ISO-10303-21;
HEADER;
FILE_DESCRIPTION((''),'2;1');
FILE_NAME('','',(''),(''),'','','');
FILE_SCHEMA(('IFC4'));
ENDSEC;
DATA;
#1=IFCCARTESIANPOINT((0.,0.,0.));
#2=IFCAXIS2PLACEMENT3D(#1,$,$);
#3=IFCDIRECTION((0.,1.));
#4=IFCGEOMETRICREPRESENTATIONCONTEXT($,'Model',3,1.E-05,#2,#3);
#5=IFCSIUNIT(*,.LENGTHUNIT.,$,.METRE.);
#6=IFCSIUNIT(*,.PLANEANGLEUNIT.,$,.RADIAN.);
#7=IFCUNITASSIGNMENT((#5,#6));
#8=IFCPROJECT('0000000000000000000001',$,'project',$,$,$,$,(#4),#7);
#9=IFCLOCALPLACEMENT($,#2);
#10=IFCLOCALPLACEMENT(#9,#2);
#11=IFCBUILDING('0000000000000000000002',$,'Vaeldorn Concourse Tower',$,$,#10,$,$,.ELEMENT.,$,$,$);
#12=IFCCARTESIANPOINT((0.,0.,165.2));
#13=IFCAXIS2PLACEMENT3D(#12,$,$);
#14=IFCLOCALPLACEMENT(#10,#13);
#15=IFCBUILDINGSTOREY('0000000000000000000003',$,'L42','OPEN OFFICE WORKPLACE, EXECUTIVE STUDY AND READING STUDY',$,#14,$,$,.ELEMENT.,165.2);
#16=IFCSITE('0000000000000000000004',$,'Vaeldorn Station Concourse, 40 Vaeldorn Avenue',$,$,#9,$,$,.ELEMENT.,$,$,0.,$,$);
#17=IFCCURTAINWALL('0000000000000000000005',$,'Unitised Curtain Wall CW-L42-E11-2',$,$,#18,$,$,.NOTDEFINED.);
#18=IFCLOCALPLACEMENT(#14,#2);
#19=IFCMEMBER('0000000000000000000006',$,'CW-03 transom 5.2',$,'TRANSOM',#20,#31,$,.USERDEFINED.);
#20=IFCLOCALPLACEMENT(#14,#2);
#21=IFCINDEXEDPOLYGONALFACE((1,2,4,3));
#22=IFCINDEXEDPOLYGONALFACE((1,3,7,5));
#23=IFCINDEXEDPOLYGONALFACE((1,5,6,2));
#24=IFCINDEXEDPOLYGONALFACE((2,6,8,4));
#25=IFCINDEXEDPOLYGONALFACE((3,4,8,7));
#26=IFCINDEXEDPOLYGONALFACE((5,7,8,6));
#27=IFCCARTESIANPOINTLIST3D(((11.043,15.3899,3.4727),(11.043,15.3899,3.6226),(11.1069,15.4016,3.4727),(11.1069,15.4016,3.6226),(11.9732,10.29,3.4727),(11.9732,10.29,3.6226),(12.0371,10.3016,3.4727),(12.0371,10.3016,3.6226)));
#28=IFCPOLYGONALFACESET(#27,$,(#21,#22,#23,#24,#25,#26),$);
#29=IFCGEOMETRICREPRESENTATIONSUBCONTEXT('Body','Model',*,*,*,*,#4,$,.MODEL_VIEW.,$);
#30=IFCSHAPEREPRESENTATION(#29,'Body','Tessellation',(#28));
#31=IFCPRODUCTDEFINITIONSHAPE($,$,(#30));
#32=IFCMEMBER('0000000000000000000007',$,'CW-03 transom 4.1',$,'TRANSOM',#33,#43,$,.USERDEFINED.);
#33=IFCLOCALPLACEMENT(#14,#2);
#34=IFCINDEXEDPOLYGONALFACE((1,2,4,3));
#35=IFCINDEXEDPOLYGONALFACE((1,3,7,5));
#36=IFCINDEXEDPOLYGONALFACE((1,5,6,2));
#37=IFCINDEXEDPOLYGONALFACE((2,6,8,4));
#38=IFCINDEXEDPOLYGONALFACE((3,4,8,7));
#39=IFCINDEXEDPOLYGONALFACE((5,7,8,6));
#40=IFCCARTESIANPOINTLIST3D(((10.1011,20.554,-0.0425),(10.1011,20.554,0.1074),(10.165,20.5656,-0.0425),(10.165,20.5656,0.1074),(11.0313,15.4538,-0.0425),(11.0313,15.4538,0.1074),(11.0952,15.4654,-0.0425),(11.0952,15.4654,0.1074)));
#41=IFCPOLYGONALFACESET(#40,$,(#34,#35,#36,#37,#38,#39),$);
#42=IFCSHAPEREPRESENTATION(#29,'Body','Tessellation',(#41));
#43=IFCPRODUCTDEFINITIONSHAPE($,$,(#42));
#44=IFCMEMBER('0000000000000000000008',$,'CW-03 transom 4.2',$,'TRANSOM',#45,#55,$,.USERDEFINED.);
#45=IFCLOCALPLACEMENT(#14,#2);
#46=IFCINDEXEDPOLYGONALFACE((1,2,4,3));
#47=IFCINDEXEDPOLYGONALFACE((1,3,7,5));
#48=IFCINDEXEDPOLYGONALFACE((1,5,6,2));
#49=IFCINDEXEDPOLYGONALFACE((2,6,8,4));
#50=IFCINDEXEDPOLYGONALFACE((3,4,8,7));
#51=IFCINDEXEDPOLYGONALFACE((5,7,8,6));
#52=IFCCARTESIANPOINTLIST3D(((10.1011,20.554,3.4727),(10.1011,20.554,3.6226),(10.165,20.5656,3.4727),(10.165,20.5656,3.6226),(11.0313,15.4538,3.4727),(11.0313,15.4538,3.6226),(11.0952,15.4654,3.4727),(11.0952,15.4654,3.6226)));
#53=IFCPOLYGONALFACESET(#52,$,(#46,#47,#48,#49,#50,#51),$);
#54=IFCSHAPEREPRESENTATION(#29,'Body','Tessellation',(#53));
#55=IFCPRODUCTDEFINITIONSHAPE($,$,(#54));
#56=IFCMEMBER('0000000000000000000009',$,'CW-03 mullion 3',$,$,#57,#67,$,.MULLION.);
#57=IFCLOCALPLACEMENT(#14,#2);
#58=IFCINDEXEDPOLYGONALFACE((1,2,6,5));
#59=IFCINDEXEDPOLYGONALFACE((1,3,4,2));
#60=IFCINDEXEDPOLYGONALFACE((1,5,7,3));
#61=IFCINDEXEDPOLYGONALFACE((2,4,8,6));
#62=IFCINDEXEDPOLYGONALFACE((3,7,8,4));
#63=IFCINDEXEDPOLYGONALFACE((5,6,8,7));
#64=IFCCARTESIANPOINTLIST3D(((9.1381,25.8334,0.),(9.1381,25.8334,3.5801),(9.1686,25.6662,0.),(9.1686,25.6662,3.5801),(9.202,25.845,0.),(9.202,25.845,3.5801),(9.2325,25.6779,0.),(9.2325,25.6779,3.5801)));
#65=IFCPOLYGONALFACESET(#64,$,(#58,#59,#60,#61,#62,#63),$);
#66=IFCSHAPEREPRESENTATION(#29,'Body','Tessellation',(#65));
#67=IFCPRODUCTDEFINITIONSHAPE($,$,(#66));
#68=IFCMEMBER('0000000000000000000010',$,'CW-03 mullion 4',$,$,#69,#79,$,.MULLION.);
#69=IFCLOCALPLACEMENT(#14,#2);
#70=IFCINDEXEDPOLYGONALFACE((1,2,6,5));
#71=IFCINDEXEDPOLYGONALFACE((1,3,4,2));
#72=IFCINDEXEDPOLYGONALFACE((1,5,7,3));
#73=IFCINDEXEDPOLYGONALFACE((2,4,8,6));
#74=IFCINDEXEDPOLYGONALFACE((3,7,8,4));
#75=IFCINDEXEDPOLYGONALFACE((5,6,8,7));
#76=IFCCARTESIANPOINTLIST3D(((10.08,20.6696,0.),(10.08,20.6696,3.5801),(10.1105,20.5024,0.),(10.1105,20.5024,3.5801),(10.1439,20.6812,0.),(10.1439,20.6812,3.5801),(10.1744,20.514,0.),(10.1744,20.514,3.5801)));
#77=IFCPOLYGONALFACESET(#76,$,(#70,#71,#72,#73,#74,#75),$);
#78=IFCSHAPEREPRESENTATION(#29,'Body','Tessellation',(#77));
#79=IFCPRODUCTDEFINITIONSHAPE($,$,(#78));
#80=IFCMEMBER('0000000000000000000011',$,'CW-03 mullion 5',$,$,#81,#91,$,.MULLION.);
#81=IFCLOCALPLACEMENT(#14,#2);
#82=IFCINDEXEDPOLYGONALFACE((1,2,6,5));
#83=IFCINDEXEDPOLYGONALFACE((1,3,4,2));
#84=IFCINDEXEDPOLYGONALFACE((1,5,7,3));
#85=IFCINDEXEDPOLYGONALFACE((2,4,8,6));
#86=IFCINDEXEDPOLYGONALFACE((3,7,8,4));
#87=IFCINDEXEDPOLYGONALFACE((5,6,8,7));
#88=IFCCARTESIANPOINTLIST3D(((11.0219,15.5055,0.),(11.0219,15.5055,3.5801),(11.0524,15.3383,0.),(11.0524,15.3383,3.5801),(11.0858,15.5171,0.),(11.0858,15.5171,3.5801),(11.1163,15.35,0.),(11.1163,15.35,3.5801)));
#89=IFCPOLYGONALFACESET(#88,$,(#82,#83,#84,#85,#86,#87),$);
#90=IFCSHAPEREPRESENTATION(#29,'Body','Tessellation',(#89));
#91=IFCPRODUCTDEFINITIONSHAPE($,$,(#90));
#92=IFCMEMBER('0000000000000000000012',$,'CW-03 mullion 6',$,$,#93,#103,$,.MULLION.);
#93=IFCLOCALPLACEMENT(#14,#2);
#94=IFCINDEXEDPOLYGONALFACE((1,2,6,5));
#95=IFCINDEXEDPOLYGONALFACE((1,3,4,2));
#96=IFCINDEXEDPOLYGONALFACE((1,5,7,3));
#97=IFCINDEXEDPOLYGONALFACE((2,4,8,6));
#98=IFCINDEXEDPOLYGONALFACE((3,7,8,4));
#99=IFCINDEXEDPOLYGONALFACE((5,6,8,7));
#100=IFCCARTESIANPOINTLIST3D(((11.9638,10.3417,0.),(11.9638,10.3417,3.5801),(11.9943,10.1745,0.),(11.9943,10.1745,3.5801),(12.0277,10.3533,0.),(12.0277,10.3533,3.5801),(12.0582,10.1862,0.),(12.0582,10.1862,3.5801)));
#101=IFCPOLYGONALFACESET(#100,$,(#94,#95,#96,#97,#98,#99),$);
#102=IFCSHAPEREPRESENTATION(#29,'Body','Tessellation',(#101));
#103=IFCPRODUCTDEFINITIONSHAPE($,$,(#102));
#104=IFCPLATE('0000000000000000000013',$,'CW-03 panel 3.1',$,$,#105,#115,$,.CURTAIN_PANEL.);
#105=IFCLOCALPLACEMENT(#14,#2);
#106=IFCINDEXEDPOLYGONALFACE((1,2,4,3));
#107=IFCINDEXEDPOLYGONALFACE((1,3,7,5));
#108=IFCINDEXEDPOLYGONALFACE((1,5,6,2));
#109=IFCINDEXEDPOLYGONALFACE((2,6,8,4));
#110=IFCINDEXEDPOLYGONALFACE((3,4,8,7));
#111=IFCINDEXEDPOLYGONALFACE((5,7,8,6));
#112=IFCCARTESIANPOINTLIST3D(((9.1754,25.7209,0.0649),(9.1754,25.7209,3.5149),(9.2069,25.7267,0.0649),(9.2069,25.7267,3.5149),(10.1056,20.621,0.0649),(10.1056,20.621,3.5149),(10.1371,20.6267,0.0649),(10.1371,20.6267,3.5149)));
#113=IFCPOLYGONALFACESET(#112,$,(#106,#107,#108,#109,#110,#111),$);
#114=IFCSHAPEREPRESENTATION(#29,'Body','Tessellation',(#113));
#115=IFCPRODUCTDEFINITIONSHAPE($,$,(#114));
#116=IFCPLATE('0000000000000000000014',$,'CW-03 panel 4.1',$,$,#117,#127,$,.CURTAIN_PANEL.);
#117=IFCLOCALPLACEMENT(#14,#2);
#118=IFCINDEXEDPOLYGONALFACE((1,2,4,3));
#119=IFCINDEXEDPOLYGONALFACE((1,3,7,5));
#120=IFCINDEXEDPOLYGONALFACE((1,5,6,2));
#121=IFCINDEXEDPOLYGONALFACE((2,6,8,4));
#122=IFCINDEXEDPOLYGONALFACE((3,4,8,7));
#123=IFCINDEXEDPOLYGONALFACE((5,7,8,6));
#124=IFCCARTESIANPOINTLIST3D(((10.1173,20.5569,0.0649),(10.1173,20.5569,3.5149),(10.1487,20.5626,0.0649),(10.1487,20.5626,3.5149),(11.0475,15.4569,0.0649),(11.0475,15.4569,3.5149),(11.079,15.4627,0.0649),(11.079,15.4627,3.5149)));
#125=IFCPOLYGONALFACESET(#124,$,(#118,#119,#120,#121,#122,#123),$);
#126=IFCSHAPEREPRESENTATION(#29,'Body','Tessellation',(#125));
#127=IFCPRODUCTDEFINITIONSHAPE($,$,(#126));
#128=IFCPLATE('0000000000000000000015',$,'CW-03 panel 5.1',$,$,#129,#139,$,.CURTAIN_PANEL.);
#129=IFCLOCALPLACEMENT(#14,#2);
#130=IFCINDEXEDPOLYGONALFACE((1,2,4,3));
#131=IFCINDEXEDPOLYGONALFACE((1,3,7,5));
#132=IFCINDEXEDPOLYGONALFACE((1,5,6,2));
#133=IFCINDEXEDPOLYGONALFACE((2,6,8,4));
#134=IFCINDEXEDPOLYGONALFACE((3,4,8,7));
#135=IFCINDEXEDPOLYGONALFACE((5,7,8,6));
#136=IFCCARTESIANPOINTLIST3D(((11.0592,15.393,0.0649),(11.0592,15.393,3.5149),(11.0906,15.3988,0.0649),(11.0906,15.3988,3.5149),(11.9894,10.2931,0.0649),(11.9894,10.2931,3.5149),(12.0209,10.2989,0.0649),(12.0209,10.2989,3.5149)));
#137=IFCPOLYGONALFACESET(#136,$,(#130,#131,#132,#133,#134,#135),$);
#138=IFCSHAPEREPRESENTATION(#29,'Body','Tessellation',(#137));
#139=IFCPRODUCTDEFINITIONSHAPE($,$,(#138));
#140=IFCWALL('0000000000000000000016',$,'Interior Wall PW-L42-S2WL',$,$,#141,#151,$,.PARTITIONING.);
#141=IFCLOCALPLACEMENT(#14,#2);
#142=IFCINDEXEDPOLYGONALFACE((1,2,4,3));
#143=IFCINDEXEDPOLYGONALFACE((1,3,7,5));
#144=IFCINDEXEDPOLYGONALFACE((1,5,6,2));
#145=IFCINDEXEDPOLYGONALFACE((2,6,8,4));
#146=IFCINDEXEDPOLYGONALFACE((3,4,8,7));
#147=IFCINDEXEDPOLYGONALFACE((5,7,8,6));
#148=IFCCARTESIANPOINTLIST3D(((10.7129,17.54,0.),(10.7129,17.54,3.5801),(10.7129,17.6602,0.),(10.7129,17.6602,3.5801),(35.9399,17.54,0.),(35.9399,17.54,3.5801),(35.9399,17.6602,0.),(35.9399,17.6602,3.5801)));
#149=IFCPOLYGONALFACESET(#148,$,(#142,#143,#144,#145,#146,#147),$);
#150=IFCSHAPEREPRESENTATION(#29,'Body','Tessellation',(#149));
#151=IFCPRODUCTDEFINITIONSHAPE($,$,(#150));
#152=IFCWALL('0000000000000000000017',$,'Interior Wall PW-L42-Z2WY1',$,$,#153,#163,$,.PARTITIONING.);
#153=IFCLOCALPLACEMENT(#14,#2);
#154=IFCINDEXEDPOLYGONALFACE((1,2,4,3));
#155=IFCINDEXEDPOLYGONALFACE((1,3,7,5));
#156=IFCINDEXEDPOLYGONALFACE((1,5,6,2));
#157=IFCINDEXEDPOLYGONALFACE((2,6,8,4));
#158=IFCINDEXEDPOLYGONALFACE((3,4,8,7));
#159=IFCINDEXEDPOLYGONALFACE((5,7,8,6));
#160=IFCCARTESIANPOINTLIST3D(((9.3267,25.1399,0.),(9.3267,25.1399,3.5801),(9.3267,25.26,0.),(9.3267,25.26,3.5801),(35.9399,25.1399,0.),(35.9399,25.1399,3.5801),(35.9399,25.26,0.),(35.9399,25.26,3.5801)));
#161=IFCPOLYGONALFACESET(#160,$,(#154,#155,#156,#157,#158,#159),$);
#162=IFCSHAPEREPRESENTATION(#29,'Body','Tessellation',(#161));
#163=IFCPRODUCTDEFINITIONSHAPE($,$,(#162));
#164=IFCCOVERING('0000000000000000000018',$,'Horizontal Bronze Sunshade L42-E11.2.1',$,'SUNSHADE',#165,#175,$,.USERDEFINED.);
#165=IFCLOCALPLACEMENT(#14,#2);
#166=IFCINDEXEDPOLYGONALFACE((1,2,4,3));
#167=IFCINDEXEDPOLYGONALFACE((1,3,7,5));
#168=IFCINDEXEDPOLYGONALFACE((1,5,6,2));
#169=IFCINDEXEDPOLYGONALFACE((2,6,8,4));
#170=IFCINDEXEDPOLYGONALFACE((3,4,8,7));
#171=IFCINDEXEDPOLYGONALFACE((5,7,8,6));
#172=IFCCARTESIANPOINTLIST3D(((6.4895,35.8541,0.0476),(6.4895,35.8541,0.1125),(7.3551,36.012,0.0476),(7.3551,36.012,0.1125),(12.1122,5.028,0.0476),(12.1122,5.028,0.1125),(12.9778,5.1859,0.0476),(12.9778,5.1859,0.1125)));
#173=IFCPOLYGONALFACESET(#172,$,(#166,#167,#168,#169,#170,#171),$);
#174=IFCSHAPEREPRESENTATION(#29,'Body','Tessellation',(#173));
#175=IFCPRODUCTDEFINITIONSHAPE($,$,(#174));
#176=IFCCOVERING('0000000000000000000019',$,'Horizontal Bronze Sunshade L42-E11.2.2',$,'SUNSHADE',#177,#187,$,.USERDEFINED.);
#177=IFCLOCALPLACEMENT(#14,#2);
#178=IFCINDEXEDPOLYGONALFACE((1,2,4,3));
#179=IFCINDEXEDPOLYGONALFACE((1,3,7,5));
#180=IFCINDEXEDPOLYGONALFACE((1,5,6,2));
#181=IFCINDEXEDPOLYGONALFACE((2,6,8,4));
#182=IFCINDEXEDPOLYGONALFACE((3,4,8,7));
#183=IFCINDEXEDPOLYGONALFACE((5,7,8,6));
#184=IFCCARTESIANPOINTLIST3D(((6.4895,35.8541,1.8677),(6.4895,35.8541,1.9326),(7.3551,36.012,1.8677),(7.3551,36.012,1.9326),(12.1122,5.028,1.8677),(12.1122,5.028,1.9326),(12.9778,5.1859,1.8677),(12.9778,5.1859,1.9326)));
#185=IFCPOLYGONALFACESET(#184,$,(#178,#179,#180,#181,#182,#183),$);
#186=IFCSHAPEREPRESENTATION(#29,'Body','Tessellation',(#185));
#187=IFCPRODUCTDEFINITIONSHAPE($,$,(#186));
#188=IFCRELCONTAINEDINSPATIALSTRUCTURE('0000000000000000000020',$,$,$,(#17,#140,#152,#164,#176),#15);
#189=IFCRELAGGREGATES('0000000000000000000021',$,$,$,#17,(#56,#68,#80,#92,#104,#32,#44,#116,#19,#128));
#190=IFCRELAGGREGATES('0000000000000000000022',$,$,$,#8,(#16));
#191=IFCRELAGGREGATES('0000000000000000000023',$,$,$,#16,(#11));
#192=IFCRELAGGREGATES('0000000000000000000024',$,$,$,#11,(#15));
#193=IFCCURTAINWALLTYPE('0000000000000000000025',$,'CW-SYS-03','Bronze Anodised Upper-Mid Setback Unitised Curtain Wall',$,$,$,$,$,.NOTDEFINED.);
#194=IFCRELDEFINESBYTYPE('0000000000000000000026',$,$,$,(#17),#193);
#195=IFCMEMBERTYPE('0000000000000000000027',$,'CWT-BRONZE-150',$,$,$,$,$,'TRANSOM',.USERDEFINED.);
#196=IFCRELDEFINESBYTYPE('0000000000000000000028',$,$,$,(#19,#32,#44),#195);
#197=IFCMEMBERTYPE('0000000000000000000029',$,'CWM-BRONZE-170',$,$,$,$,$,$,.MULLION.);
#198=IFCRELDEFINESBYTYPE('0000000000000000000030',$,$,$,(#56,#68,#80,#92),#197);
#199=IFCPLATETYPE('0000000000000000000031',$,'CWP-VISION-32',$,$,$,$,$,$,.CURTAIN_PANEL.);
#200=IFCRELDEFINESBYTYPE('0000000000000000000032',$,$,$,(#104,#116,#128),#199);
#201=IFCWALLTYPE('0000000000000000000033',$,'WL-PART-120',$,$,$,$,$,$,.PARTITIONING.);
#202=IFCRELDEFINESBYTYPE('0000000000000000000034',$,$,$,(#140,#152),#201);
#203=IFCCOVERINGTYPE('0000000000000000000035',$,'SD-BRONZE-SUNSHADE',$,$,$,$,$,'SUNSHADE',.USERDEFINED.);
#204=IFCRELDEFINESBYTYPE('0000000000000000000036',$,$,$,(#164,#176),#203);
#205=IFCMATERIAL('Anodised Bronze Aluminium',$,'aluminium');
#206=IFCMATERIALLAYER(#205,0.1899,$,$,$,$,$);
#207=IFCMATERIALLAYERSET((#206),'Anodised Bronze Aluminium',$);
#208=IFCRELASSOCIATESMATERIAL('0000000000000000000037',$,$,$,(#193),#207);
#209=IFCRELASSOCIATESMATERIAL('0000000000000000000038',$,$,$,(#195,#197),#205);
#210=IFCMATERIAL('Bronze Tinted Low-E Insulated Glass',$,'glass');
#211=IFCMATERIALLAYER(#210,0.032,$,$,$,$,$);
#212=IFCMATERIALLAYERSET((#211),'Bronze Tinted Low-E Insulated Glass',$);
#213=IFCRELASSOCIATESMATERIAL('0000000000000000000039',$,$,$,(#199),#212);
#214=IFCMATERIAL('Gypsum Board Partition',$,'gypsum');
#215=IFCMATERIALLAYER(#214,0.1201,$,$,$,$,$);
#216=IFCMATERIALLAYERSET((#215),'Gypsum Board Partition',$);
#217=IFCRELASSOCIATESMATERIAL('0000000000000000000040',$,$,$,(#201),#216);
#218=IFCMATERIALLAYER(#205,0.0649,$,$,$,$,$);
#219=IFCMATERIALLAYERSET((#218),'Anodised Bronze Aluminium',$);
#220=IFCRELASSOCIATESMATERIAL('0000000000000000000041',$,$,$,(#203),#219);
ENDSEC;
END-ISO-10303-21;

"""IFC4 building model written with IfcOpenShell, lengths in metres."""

from ifc_helpers import new_model, si_unit, direction, frame, frame_2d, origin, origin_2d, place, context, subcontext, project, spatial, rectangle, extrude, source, transform, mapped, material, layer, layer_set, material_profile, profile_set, type_object, element, aggregate, save


model = new_model("IFC4")

# Units and contexts
model_context = context("Model", 3, precision=1e-05, world=origin(), true_north=direction((0.0, 1.0)))
body_context = subcontext(model_context, "Body", "Model", "MODEL_VIEW")
ifc_project = project(units=[si_unit("LENGTHUNIT", "METRE"), si_unit("PLANEANGLEUNIT", "RADIAN")], contexts=[model_context])

# Site, building, storey
site_placement = place(None, origin())
site = spatial("IfcSite", under=ifc_project, at=site_placement, Name="Vaeldorn Station Concourse, 40 Vaeldorn Avenue", CompositionType="ELEMENT", RefElevation=0.0)
building_placement = place(site_placement, origin())
building = spatial("IfcBuilding", under=site, at=building_placement, Name="Vaeldorn Concourse Tower", CompositionType="ELEMENT")
storey_placement = place(building_placement, frame((0.0, 0.0, 165.2)))
storey = spatial("IfcBuildingStorey", under=building, at=storey_placement, Name="L42", Description="OPEN OFFICE WORKPLACE, EXECUTIVE STUDY AND READING STUDY", CompositionType="ELEMENT", Elevation=165.2)

# Curtain wall, members, plates
ifc_material_1 = material(Name="Anodised Bronze Aluminium", Category="aluminium")
ifc_layer_1 = layer(ifc_material_1, 0.1899)
ifc_layer_set_1 = layer_set([ifc_layer_1], Name="Anodised Bronze Aluminium")
curtain_wall_type = type_object("IfcCurtainWallType", Name="CW-SYS-03", Description="Bronze Anodised Upper-Mid Setback Unitised Curtain Wall", PredefinedType="NOTDEFINED", material=ifc_layer_set_1)
curtain_wall_placement = place(storey_placement, origin())
curtain_wall = element("IfcCurtainWall", 1, at=curtain_wall_placement, inside=storey, type_object=curtain_wall_type, Name="Unitised Curtain Wall CW-L42-E11-2", PredefinedType="NOTDEFINED")
ifc_material_profile_1 = material_profile(ifc_material_1, rectangle(XDim=0.0649, YDim=0.1499, at=origin_2d()), Name="CWT 65x150")
ifc_profile_set_1 = profile_set([ifc_material_profile_1], Name="Anodised Bronze Aluminium")
member_type_1 = type_object("IfcMemberType", Name="CWT-BRONZE-150", ElementType="TRANSOM", PredefinedType="USERDEFINED", material=ifc_profile_set_1)
shared_shape_1 = source(origin(), body_context, "Body", "SweptSolid", [
    extrude(rectangle(XDim=0.0649, YDim=0.1499, at=origin_2d()), origin(), (0.0, 0.0, 1.0), 5.1841),
])
member_1_placement = place(storey_placement, frame((11.075, 15.3958, 3.5476), z_axis=(0.179432, -0.98377, 0.0), x_axis=(0.98377, 0.179432, 0.0)))
member_1 = element("IfcMember", 2, at=member_1_placement, type_object=member_type_1, Name="CW-03 transom 5.2", ObjectType="TRANSOM", PredefinedType="USERDEFINED", context=body_context, shape_type="MappedRepresentation", body=[
    mapped(shared_shape_1, transform((0.0, 0.0, 0.0), scale=1.0)),
])
shared_shape_2 = source(origin(), body_context, "Body", "SweptSolid", [
    extrude(rectangle(XDim=0.0649, YDim=0.1499, at=origin_2d()), origin(), (0.0, 0.0, 1.0), 5.1843),
])
member_2_placement = place(storey_placement, frame((10.1331, 20.5598, 0.0325), z_axis=(0.179424, -0.983772, 0.0), x_axis=(0.983772, 0.179424, 0.0)))
member_2 = element("IfcMember", 3, at=member_2_placement, type_object=member_type_1, Name="CW-03 transom 4.1", ObjectType="TRANSOM", PredefinedType="USERDEFINED", context=body_context, shape_type="MappedRepresentation", body=[
    mapped(shared_shape_2, transform((0.0, 0.0, 0.0), scale=1.0)),
])
member_3_placement = place(storey_placement, frame((10.1331, 20.5598, 3.5476), z_axis=(0.179424, -0.983772, 0.0), x_axis=(0.983772, 0.179424, 0.0)))
member_3 = element("IfcMember", 4, at=member_3_placement, type_object=member_type_1, Name="CW-03 transom 4.2", ObjectType="TRANSOM", PredefinedType="USERDEFINED", context=body_context, shape_type="MappedRepresentation", body=[
    mapped(shared_shape_2, transform((0.0, 0.0, 0.0), scale=1.0)),
])
ifc_material_profile_2 = material_profile(ifc_material_1, rectangle(XDim=0.0649, YDim=0.1699, at=origin_2d()), Name="CWM 65x170")
ifc_profile_set_2 = profile_set([ifc_material_profile_2], Name="Anodised Bronze Aluminium")
member_type_2 = type_object("IfcMemberType", Name="CWM-BRONZE-170", PredefinedType="MULLION", material=ifc_profile_set_2)
shared_shape_3 = source(origin(), body_context, "Body", "SweptSolid", [
    extrude(rectangle(XDim=0.0649, YDim=0.1699, at=origin_2d()), origin(), (0.0, 0.0, 1.0), 3.5801),
])
member_4_placement = place(storey_placement, frame((9.1853, 25.7556, 0.0), z_axis=(0.0, 0.0, 1.0), x_axis=(0.983768, 0.179446, 0.0)))
member_4 = element("IfcMember", 5, at=member_4_placement, type_object=member_type_2, Name="CW-03 mullion 3", PredefinedType="MULLION", context=body_context, shape_type="MappedRepresentation", body=[
    mapped(shared_shape_3, transform((0.0, 0.0, 0.0), scale=1.0)),
])
member_5_placement = place(storey_placement, frame((10.1272, 20.5918, 0.0), z_axis=(0.0, 0.0, 1.0), x_axis=(0.983768, 0.179446, 0.0)))
member_5 = element("IfcMember", 6, at=member_5_placement, type_object=member_type_2, Name="CW-03 mullion 4", PredefinedType="MULLION", context=body_context, shape_type="MappedRepresentation", body=[
    mapped(shared_shape_3, transform((0.0, 0.0, 0.0), scale=1.0)),
])
member_6_placement = place(storey_placement, frame((11.0691, 15.4277, 0.0), z_axis=(0.0, 0.0, 1.0), x_axis=(0.983768, 0.179446, 0.0)))
member_6 = element("IfcMember", 7, at=member_6_placement, type_object=member_type_2, Name="CW-03 mullion 5", PredefinedType="MULLION", context=body_context, shape_type="MappedRepresentation", body=[
    mapped(shared_shape_3, transform((0.0, 0.0, 0.0), scale=1.0)),
])
member_7_placement = place(storey_placement, frame((12.011, 10.2639, 0.0), z_axis=(0.0, 0.0, 1.0), x_axis=(0.983768, 0.179446, 0.0)))
member_7 = element("IfcMember", 8, at=member_7_placement, type_object=member_type_2, Name="CW-03 mullion 6", PredefinedType="MULLION", context=body_context, shape_type="MappedRepresentation", body=[
    mapped(shared_shape_3, transform((0.0, 0.0, 0.0), scale=1.0)),
])
ifc_material_2 = material(Name="Bronze Tinted Low-E Insulated Glass", Category="glass")
ifc_layer_2 = layer(ifc_material_2, 0.032)
ifc_layer_set_2 = layer_set([ifc_layer_2], Name="Bronze Tinted Low-E Insulated Glass")
plate_type = type_object("IfcPlateType", Name="CWP-VISION-32", PredefinedType="CURTAIN_PANEL", material=ifc_layer_set_2)
shared_shape_4 = source(origin(), body_context, "Body", "SweptSolid", [
    extrude(rectangle(XDim=5.1841, YDim=0.032, at=origin_2d()), origin(), (0.0, 0.0, 1.0), 3.45),
])
plate_1_placement = place(storey_placement, frame((9.6562, 23.1738, 0.0649), z_axis=(0.0, 0.0, 1.0), x_axis=(0.179446, -0.983768, 0.0)))
plate_1 = element("IfcPlate", 9, at=plate_1_placement, type_object=plate_type, Name="CW-03 panel 3.1", PredefinedType="CURTAIN_PANEL", context=body_context, shape_type="MappedRepresentation", body=[
    mapped(shared_shape_4, transform((0.0, 0.0, 0.0), scale=1.0)),
])
plate_2_placement = place(storey_placement, frame((10.5981, 18.0098, 0.0649), z_axis=(0.0, 0.0, 1.0), x_axis=(0.179446, -0.983768, 0.0)))
plate_2 = element("IfcPlate", 10, at=plate_2_placement, type_object=plate_type, Name="CW-03 panel 4.1", PredefinedType="CURTAIN_PANEL", context=body_context, shape_type="MappedRepresentation", body=[
    mapped(shared_shape_4, transform((0.0, 0.0, 0.0), scale=1.0)),
])
plate_3_placement = place(storey_placement, frame((11.54, 12.8459, 0.0649), z_axis=(0.0, 0.0, 1.0), x_axis=(0.179446, -0.983768, 0.0)))
plate_3 = element("IfcPlate", 11, at=plate_3_placement, type_object=plate_type, Name="CW-03 panel 5.1", PredefinedType="CURTAIN_PANEL", context=body_context, shape_type="MappedRepresentation", body=[
    mapped(shared_shape_4, transform((0.0, 0.0, 0.0), scale=1.0)),
])
aggregate(curtain_wall, [member_4, member_5, member_6, member_7, plate_1, member_2, member_3, plate_2, member_1, plate_3])

# Walls
ifc_material_3 = material(Name="Gypsum Board Partition", Category="gypsum")
ifc_layer_3 = layer(ifc_material_3, 0.1201)
ifc_layer_set_3 = layer_set([ifc_layer_3], Name="Gypsum Board Partition")
wall_type = type_object("IfcWallType", Name="WL-PART-120", PredefinedType="PARTITIONING", material=ifc_layer_set_3)
wall_1_placement = place(storey_placement, frame((10.7129, 17.6001, 0.0), z_axis=(0.0, 0.0, 1.0), x_axis=(1.0, 0.0, 0.0)))
element("IfcWall", 12, at=wall_1_placement, inside=storey, type_object=wall_type, Name="Interior Wall PW-L42-S2WL", PredefinedType="PARTITIONING", context=body_context, shape_type="SweptSolid", body=[
    extrude(rectangle(XDim=25.2271, YDim=0.1201, at=frame_2d((12.6135, 0.0))), origin(), (0.0, 0.0, 1.0), 3.5801),
])
wall_2_placement = place(storey_placement, frame((9.3267, 25.2, 0.0), z_axis=(0.0, 0.0, 1.0), x_axis=(1.0, 0.0, 0.0)))
element("IfcWall", 13, at=wall_2_placement, inside=storey, type_object=wall_type, Name="Interior Wall PW-L42-Z2WY1", PredefinedType="PARTITIONING", context=body_context, shape_type="SweptSolid", body=[
    extrude(rectangle(XDim=26.6133, YDim=0.1201, at=frame_2d((13.3066, 0.0))), origin(), (0.0, 0.0, 1.0), 3.5801),
])

# Coverings
ifc_layer_4 = layer(ifc_material_1, 0.0649)
ifc_layer_set_4 = layer_set([ifc_layer_4], Name="Anodised Bronze Aluminium")
covering_type = type_object("IfcCoveringType", Name="SD-BRONZE-SUNSHADE", ElementType="SUNSHADE", PredefinedType="USERDEFINED", material=ifc_layer_set_4)
shared_shape_5 = source(origin(), body_context, "Body", "SweptSolid", [
    extrude(rectangle(XDim=31.3347, YDim=0.8799, at=origin_2d()), origin(), (0.0, 0.0, 1.0), 0.0649),
])
for number, where, z_axis, x_axis, name in (
    (14, (9.7336, 20.52, 0.0476), (0.0, 0.0, 1.0), (0.179438, -0.983769, 0.0), "Horizontal Bronze Sunshade L42-E11.2.1"),
    (15, (9.7336, 20.52, 1.8677), (0.0, 0.0, 1.0), (0.179438, -0.983769, 0.0), "Horizontal Bronze Sunshade L42-E11.2.2"),
):
    element("IfcCovering", number, at=place(storey_placement, frame(where, z_axis=z_axis, x_axis=x_axis)), inside=storey, type_object=covering_type, Name=name, ObjectType="SUNSHADE", PredefinedType="USERDEFINED", context=body_context, shape_type="MappedRepresentation", body=[
        mapped(shared_shape_5, transform((0.0, 0.0, 0.0), scale=1.0)),
    ])

save(model, "model.ifc")
